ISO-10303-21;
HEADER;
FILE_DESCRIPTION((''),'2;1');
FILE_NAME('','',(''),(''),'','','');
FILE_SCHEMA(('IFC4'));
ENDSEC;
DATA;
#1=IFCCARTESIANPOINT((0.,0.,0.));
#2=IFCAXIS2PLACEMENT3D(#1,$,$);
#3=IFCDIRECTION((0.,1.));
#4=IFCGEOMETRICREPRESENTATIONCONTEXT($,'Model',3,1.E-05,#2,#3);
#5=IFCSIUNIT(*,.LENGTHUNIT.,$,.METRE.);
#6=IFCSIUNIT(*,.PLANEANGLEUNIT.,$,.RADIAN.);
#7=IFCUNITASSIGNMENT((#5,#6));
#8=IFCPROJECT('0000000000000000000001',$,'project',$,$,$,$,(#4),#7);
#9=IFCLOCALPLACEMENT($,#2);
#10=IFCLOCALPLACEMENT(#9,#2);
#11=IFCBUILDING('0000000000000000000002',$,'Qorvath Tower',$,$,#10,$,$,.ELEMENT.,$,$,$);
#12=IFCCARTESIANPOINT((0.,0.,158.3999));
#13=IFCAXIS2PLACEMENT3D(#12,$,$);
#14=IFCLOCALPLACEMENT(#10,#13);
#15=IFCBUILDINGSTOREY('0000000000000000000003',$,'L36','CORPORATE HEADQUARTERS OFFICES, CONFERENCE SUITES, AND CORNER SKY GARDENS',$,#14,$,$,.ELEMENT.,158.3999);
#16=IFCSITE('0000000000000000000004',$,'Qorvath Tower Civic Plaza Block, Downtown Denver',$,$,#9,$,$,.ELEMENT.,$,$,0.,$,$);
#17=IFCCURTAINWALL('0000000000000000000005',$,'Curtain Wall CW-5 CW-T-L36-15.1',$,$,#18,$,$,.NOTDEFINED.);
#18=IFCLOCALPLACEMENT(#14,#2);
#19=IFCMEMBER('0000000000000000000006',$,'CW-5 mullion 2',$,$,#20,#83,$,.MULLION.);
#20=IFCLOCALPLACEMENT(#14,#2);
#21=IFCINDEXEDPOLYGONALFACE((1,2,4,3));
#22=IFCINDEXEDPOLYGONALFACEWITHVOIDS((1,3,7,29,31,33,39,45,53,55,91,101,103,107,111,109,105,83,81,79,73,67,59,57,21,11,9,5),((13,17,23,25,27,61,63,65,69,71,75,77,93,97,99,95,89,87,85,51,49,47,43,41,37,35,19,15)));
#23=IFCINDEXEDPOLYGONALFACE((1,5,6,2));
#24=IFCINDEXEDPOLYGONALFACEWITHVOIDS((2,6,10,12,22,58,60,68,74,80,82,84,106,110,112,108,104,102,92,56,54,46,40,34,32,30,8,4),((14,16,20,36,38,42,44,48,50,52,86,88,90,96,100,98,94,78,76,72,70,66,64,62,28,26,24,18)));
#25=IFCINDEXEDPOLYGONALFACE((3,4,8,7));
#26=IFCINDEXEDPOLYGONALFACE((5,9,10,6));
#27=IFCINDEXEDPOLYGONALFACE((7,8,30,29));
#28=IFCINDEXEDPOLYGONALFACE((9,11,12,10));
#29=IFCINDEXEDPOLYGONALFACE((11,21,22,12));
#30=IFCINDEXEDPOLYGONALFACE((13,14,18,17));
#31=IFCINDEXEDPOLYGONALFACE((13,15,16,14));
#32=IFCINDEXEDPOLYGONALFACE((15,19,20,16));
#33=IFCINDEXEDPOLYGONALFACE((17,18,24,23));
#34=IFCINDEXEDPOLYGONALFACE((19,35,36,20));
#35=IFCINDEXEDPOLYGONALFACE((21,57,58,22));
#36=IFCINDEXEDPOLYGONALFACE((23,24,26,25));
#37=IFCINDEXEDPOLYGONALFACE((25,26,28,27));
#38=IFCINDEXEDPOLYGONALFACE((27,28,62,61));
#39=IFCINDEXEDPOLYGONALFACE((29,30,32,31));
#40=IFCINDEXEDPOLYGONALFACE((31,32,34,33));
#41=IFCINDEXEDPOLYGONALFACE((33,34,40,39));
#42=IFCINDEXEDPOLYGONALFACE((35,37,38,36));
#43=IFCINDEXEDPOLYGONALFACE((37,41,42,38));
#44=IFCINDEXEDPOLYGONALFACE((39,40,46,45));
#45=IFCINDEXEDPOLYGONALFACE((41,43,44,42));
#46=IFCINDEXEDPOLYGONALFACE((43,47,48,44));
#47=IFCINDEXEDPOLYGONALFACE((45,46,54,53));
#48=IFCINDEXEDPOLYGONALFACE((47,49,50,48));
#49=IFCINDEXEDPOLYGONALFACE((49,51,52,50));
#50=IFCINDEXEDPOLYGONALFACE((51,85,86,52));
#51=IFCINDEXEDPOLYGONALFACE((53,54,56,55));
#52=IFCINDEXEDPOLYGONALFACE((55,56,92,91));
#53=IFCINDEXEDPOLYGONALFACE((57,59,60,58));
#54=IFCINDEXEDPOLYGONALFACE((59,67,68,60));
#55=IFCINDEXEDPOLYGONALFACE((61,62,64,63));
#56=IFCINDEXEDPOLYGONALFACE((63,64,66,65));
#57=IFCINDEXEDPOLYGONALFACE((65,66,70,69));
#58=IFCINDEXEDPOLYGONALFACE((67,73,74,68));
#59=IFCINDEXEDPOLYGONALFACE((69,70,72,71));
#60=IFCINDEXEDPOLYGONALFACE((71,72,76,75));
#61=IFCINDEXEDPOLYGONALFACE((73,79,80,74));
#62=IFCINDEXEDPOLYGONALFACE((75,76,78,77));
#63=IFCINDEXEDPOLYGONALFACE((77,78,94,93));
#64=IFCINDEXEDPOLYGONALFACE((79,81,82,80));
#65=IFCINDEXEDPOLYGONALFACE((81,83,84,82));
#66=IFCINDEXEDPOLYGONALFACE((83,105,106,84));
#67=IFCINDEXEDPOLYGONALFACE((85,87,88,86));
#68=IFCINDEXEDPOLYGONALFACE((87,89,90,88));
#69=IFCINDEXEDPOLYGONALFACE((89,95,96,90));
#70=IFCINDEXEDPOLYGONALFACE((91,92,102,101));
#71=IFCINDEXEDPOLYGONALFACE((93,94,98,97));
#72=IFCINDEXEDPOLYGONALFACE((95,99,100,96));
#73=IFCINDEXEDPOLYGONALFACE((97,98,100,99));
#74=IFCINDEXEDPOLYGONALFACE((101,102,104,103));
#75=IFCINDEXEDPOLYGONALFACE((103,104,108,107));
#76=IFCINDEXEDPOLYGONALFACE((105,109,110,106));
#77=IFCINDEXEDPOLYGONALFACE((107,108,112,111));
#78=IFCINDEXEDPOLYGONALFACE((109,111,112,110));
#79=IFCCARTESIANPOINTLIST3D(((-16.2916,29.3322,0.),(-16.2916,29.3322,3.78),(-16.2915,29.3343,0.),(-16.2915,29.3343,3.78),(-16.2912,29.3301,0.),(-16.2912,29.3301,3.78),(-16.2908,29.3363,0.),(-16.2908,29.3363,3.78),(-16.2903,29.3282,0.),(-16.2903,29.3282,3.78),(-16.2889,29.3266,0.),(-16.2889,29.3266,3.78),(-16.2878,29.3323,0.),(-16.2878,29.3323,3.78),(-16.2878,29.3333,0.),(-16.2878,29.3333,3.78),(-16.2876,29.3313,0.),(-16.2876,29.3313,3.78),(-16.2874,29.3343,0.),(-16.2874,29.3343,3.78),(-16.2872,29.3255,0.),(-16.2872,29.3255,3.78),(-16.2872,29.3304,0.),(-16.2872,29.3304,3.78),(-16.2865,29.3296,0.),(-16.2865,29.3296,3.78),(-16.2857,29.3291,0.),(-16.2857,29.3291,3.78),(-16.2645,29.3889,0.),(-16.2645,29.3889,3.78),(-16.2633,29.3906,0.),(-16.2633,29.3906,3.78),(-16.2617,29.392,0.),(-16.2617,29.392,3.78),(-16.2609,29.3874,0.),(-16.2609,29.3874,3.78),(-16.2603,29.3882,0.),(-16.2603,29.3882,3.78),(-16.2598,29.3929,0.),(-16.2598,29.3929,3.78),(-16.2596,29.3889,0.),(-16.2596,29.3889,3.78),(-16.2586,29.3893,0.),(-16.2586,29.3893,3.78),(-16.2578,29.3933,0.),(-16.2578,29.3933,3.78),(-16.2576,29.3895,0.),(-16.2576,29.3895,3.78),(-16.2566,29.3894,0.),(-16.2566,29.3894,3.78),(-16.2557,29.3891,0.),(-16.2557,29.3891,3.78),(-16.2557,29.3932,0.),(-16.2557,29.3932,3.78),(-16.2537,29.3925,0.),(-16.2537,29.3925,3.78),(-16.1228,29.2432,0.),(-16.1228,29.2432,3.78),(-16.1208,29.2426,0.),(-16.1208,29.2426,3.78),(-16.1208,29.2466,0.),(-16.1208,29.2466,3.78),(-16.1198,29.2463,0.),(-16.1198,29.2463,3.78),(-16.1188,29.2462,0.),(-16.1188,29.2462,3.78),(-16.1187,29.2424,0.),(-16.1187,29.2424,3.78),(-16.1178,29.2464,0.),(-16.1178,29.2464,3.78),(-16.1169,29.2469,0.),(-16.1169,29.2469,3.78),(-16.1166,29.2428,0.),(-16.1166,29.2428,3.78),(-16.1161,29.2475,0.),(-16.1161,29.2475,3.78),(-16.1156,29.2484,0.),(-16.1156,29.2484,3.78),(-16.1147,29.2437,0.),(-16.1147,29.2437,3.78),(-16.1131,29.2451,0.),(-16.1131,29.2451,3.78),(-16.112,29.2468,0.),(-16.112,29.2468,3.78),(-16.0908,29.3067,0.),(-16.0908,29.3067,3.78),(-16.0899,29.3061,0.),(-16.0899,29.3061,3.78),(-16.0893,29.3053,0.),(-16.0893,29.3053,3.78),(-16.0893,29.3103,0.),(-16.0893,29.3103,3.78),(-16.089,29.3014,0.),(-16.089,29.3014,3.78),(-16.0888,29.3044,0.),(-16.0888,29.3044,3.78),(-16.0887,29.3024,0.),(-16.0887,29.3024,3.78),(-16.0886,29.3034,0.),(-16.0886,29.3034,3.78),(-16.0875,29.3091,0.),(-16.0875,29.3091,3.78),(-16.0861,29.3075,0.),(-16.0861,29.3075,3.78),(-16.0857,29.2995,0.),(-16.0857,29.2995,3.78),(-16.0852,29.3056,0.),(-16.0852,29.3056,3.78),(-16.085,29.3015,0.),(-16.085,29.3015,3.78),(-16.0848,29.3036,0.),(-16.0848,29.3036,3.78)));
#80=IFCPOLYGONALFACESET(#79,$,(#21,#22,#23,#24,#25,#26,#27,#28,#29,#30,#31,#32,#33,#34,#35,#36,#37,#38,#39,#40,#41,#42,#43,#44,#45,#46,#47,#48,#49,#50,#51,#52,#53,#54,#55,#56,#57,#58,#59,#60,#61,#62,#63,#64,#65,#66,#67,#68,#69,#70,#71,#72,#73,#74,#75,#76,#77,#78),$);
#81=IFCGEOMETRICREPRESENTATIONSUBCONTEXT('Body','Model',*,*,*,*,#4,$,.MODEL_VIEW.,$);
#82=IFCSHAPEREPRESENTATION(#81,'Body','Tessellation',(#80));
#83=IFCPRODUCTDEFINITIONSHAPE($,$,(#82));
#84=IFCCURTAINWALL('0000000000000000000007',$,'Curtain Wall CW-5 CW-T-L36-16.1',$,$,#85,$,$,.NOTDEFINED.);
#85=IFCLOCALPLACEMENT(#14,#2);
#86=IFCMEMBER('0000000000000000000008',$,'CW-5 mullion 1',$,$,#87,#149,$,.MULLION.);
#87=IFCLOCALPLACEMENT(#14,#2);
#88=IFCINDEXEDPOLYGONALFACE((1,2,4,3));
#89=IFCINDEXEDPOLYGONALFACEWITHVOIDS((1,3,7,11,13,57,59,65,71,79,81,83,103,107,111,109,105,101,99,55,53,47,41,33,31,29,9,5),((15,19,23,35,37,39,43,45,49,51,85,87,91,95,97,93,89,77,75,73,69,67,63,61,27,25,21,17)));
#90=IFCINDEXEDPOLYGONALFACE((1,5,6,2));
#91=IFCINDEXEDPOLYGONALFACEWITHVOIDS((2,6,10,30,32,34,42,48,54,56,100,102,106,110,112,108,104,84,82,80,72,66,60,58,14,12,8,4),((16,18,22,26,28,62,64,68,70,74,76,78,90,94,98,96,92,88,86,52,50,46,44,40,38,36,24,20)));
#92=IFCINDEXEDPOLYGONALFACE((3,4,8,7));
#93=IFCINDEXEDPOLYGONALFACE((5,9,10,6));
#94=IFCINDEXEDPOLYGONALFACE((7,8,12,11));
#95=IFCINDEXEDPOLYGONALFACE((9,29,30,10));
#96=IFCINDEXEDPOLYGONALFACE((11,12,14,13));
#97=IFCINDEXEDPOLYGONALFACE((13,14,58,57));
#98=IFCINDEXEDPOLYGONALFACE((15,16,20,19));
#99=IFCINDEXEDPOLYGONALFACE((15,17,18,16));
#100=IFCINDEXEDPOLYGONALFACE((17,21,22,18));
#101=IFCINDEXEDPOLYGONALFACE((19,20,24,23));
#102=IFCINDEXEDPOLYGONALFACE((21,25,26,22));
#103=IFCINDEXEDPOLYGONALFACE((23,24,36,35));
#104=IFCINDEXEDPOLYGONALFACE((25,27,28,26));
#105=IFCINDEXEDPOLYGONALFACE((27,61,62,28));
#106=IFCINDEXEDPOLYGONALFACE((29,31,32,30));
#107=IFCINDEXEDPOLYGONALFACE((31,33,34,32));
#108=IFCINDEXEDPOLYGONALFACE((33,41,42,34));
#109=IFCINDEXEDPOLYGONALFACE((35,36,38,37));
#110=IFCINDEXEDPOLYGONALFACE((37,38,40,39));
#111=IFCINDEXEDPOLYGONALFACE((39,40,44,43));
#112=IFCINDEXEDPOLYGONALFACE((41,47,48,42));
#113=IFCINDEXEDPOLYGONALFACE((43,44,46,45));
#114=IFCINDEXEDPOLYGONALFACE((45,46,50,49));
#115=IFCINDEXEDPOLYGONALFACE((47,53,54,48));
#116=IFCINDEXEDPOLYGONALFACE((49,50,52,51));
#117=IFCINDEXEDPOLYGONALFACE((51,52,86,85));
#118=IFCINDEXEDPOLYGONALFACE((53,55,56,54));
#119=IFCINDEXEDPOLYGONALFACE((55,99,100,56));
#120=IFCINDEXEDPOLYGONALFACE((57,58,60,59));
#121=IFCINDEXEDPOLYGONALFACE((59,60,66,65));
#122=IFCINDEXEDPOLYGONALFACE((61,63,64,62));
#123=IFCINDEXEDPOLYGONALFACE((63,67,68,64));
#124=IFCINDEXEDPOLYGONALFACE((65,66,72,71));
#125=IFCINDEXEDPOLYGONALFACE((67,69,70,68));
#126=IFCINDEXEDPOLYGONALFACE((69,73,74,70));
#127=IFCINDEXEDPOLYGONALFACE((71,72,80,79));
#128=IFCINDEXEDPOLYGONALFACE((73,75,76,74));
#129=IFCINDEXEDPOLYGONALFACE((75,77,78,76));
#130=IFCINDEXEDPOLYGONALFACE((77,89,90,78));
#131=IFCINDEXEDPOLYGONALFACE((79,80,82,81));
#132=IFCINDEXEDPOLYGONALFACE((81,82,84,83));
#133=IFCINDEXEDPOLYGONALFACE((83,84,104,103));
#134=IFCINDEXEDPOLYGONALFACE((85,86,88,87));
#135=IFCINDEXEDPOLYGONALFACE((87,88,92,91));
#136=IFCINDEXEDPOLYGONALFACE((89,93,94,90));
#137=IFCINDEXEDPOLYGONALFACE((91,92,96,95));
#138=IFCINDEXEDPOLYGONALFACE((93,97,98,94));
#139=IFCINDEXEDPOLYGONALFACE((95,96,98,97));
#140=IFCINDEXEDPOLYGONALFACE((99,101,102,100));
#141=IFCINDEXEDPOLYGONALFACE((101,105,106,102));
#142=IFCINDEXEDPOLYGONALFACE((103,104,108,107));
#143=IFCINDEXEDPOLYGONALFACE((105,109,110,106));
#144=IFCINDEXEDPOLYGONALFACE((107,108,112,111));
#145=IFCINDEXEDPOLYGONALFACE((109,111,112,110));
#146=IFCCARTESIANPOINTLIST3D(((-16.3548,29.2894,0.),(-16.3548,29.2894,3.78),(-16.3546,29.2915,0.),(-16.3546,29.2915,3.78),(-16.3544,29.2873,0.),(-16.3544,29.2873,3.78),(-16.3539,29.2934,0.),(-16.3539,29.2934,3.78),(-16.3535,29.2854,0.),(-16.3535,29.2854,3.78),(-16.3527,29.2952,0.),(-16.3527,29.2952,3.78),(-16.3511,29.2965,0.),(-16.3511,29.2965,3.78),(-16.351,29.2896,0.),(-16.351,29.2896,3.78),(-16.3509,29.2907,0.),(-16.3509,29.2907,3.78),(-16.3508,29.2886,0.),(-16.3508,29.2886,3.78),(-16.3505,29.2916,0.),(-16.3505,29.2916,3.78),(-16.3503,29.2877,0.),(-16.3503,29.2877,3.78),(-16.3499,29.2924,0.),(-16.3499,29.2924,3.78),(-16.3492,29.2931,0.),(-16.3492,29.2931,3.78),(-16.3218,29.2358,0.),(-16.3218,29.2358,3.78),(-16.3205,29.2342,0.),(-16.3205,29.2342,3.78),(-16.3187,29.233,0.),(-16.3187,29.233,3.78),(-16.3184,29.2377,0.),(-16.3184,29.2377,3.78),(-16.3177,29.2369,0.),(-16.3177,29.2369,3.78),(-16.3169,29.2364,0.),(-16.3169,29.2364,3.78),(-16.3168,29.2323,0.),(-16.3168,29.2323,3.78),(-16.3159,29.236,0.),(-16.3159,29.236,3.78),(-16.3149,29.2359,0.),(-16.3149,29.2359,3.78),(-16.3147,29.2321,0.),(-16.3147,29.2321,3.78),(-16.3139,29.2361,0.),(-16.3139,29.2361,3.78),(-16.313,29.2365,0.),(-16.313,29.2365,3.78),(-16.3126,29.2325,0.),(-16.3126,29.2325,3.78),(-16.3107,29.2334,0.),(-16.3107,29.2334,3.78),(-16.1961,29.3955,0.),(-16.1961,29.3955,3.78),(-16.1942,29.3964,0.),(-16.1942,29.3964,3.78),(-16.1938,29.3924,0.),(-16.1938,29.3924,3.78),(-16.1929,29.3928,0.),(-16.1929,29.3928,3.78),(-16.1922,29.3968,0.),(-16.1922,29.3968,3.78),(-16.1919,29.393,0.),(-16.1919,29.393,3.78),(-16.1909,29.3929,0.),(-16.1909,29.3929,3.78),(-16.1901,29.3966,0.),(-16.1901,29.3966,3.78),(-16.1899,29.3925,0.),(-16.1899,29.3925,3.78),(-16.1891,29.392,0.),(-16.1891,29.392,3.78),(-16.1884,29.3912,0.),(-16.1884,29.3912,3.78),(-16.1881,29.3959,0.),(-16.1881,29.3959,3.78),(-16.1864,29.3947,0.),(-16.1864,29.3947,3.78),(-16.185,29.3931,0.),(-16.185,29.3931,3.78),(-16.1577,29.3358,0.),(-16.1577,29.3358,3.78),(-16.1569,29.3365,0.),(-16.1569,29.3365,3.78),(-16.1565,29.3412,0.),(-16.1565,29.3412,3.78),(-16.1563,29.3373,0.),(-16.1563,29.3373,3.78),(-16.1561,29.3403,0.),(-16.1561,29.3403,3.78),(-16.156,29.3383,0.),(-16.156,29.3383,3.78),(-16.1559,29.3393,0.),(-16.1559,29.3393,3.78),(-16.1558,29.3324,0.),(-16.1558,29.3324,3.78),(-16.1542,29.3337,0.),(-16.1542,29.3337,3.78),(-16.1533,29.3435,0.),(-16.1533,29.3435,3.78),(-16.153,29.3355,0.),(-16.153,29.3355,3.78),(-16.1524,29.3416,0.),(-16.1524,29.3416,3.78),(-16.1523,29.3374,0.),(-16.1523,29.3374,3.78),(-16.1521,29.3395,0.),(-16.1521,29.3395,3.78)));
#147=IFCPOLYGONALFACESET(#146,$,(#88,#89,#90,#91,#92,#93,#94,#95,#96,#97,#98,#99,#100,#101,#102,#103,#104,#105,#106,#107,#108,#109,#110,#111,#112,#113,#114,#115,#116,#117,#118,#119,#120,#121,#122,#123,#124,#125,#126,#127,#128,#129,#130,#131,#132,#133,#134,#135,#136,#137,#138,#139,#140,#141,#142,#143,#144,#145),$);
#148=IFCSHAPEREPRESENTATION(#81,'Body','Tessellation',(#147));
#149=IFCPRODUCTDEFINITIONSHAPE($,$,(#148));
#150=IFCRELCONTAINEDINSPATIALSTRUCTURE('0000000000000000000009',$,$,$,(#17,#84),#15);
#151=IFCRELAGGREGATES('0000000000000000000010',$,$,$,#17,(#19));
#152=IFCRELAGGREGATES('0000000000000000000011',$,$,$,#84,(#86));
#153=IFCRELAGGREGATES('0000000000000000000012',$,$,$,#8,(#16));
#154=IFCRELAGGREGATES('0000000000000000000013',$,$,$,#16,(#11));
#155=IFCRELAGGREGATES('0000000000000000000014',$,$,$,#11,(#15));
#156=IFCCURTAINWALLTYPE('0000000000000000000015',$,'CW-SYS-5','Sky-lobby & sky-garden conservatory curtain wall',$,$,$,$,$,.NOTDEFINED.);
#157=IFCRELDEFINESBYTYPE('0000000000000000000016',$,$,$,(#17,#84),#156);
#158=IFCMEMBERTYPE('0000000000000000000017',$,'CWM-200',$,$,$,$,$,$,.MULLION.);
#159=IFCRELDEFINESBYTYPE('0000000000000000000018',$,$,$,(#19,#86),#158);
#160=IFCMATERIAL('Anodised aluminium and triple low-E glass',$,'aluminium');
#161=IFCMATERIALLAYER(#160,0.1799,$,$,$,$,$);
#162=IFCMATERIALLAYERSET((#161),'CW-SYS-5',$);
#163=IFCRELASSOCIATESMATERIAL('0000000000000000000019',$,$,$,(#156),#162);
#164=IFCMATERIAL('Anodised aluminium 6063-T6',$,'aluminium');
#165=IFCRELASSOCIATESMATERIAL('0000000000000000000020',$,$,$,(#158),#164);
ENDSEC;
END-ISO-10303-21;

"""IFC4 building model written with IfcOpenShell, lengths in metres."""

from ifc_helpers import new_model, si_unit, direction, frame, origin, origin_2d, place, context, subcontext, project, spatial, hollow_rectangle, extrude, material, layer, layer_set, material_profile, profile_set, type_object, element, aggregate, save


model = new_model("IFC4")

# Units and contexts
model_context = context("Model", 3, precision=1e-05, world=origin(), true_north=direction((0.0, 1.0)))
body_context = subcontext(model_context, "Body", "Model", "MODEL_VIEW")
ifc_project = project(units=[si_unit("LENGTHUNIT", "METRE"), si_unit("PLANEANGLEUNIT", "RADIAN")], contexts=[model_context])

# Site, building, storey
site_placement = place(None, origin())
site = spatial("IfcSite", under=ifc_project, at=site_placement, Name="Qorvath Tower Civic Plaza Block, Downtown Denver", CompositionType="ELEMENT", RefElevation=0.0)
building_placement = place(site_placement, origin())
building = spatial("IfcBuilding", under=site, at=building_placement, Name="Qorvath Tower", CompositionType="ELEMENT")
storey_placement = place(building_placement, frame((0.0, 0.0, 158.3999)))
storey = spatial("IfcBuildingStorey", under=building, at=storey_placement, Name="L36", Description="CORPORATE HEADQUARTERS OFFICES, CONFERENCE SUITES, AND CORNER SKY GARDENS", CompositionType="ELEMENT", Elevation=158.3999)

# Shared definitions
ifc_material_1 = material(Name="Anodised aluminium and triple low-E glass", Category="aluminium")
ifc_layer_1 = layer(ifc_material_1, 0.1799)
ifc_layer_set_1 = layer_set([ifc_layer_1], Name="CW-SYS-5")
curtain_wall_type = type_object("IfcCurtainWallType", Name="CW-SYS-5", Description="Sky-lobby & sky-garden conservatory curtain wall", PredefinedType="NOTDEFINED", material=ifc_layer_set_1)
ifc_material_2 = material(Name="Anodised aluminium 6063-T6", Category="aluminium")
ifc_material_profile_1 = material_profile(ifc_material_2, hollow_rectangle(XDim=0.075, YDim=0.2, WallThickness=0.0039, InnerFilletRadius=0.0039, OuterFilletRadius=0.0081, at=origin_2d()), Name="CWM 200x75")
ifc_profile_set_1 = profile_set([ifc_material_profile_1], Name="Anodised aluminium 6063-T6")
member_type_1 = type_object("IfcMemberType", Name="CWM-200", PredefinedType="MULLION", material=ifc_profile_set_1)

# Curtain wall, member
curtain_wall_1_placement = place(storey_placement, origin())
curtain_wall_1 = element("IfcCurtainWall", 1, at=curtain_wall_1_placement, inside=storey, type_object=curtain_wall_type, Name="Curtain Wall CW-5 CW-T-L36-15.1", PredefinedType="NOTDEFINED")
member_1_placement = place(storey_placement, frame((-16.1882, 29.3179, 0.0), z_axis=(0.0, 0.0, 1.0), x_axis=(-0.447188, -0.89444, 0.0)))
member_1 = element("IfcMember", 2, at=member_1_placement, type_object=member_type_1, Name="CW-5 mullion 2", PredefinedType="MULLION", context=body_context, shape_type="SweptSolid", body=[
    extrude(hollow_rectangle(XDim=0.075, YDim=0.2, WallThickness=0.0039, InnerFilletRadius=0.0039, OuterFilletRadius=0.0081, at=origin_2d()), origin(), (0.0, 0.0, 1.0), 3.78),
])

# Curtain wall, member
curtain_wall_2_placement = place(storey_placement, origin())
curtain_wall_2 = element("IfcCurtainWall", 3, at=curtain_wall_2_placement, inside=storey, type_object=curtain_wall_type, Name="Curtain Wall CW-5 CW-T-L36-16.1", PredefinedType="NOTDEFINED")
member_2_placement = place(storey_placement, frame((-16.2534, 29.3145, 0.0), z_axis=(0.0, 0.0, 1.0), x_axis=(0.53854, -0.8426, 0.0)))
member_2 = element("IfcMember", 4, at=member_2_placement, type_object=member_type_1, Name="CW-5 mullion 1", PredefinedType="MULLION", context=body_context, shape_type="SweptSolid", body=[
    extrude(hollow_rectangle(XDim=0.075, YDim=0.2, WallThickness=0.0039, InnerFilletRadius=0.0039, OuterFilletRadius=0.0081, at=origin_2d()), origin(), (0.0, 0.0, 1.0), 3.78),
])

aggregate(curtain_wall_1, [member_1])
aggregate(curtain_wall_2, [member_2])

save(model, "model.ifc")
